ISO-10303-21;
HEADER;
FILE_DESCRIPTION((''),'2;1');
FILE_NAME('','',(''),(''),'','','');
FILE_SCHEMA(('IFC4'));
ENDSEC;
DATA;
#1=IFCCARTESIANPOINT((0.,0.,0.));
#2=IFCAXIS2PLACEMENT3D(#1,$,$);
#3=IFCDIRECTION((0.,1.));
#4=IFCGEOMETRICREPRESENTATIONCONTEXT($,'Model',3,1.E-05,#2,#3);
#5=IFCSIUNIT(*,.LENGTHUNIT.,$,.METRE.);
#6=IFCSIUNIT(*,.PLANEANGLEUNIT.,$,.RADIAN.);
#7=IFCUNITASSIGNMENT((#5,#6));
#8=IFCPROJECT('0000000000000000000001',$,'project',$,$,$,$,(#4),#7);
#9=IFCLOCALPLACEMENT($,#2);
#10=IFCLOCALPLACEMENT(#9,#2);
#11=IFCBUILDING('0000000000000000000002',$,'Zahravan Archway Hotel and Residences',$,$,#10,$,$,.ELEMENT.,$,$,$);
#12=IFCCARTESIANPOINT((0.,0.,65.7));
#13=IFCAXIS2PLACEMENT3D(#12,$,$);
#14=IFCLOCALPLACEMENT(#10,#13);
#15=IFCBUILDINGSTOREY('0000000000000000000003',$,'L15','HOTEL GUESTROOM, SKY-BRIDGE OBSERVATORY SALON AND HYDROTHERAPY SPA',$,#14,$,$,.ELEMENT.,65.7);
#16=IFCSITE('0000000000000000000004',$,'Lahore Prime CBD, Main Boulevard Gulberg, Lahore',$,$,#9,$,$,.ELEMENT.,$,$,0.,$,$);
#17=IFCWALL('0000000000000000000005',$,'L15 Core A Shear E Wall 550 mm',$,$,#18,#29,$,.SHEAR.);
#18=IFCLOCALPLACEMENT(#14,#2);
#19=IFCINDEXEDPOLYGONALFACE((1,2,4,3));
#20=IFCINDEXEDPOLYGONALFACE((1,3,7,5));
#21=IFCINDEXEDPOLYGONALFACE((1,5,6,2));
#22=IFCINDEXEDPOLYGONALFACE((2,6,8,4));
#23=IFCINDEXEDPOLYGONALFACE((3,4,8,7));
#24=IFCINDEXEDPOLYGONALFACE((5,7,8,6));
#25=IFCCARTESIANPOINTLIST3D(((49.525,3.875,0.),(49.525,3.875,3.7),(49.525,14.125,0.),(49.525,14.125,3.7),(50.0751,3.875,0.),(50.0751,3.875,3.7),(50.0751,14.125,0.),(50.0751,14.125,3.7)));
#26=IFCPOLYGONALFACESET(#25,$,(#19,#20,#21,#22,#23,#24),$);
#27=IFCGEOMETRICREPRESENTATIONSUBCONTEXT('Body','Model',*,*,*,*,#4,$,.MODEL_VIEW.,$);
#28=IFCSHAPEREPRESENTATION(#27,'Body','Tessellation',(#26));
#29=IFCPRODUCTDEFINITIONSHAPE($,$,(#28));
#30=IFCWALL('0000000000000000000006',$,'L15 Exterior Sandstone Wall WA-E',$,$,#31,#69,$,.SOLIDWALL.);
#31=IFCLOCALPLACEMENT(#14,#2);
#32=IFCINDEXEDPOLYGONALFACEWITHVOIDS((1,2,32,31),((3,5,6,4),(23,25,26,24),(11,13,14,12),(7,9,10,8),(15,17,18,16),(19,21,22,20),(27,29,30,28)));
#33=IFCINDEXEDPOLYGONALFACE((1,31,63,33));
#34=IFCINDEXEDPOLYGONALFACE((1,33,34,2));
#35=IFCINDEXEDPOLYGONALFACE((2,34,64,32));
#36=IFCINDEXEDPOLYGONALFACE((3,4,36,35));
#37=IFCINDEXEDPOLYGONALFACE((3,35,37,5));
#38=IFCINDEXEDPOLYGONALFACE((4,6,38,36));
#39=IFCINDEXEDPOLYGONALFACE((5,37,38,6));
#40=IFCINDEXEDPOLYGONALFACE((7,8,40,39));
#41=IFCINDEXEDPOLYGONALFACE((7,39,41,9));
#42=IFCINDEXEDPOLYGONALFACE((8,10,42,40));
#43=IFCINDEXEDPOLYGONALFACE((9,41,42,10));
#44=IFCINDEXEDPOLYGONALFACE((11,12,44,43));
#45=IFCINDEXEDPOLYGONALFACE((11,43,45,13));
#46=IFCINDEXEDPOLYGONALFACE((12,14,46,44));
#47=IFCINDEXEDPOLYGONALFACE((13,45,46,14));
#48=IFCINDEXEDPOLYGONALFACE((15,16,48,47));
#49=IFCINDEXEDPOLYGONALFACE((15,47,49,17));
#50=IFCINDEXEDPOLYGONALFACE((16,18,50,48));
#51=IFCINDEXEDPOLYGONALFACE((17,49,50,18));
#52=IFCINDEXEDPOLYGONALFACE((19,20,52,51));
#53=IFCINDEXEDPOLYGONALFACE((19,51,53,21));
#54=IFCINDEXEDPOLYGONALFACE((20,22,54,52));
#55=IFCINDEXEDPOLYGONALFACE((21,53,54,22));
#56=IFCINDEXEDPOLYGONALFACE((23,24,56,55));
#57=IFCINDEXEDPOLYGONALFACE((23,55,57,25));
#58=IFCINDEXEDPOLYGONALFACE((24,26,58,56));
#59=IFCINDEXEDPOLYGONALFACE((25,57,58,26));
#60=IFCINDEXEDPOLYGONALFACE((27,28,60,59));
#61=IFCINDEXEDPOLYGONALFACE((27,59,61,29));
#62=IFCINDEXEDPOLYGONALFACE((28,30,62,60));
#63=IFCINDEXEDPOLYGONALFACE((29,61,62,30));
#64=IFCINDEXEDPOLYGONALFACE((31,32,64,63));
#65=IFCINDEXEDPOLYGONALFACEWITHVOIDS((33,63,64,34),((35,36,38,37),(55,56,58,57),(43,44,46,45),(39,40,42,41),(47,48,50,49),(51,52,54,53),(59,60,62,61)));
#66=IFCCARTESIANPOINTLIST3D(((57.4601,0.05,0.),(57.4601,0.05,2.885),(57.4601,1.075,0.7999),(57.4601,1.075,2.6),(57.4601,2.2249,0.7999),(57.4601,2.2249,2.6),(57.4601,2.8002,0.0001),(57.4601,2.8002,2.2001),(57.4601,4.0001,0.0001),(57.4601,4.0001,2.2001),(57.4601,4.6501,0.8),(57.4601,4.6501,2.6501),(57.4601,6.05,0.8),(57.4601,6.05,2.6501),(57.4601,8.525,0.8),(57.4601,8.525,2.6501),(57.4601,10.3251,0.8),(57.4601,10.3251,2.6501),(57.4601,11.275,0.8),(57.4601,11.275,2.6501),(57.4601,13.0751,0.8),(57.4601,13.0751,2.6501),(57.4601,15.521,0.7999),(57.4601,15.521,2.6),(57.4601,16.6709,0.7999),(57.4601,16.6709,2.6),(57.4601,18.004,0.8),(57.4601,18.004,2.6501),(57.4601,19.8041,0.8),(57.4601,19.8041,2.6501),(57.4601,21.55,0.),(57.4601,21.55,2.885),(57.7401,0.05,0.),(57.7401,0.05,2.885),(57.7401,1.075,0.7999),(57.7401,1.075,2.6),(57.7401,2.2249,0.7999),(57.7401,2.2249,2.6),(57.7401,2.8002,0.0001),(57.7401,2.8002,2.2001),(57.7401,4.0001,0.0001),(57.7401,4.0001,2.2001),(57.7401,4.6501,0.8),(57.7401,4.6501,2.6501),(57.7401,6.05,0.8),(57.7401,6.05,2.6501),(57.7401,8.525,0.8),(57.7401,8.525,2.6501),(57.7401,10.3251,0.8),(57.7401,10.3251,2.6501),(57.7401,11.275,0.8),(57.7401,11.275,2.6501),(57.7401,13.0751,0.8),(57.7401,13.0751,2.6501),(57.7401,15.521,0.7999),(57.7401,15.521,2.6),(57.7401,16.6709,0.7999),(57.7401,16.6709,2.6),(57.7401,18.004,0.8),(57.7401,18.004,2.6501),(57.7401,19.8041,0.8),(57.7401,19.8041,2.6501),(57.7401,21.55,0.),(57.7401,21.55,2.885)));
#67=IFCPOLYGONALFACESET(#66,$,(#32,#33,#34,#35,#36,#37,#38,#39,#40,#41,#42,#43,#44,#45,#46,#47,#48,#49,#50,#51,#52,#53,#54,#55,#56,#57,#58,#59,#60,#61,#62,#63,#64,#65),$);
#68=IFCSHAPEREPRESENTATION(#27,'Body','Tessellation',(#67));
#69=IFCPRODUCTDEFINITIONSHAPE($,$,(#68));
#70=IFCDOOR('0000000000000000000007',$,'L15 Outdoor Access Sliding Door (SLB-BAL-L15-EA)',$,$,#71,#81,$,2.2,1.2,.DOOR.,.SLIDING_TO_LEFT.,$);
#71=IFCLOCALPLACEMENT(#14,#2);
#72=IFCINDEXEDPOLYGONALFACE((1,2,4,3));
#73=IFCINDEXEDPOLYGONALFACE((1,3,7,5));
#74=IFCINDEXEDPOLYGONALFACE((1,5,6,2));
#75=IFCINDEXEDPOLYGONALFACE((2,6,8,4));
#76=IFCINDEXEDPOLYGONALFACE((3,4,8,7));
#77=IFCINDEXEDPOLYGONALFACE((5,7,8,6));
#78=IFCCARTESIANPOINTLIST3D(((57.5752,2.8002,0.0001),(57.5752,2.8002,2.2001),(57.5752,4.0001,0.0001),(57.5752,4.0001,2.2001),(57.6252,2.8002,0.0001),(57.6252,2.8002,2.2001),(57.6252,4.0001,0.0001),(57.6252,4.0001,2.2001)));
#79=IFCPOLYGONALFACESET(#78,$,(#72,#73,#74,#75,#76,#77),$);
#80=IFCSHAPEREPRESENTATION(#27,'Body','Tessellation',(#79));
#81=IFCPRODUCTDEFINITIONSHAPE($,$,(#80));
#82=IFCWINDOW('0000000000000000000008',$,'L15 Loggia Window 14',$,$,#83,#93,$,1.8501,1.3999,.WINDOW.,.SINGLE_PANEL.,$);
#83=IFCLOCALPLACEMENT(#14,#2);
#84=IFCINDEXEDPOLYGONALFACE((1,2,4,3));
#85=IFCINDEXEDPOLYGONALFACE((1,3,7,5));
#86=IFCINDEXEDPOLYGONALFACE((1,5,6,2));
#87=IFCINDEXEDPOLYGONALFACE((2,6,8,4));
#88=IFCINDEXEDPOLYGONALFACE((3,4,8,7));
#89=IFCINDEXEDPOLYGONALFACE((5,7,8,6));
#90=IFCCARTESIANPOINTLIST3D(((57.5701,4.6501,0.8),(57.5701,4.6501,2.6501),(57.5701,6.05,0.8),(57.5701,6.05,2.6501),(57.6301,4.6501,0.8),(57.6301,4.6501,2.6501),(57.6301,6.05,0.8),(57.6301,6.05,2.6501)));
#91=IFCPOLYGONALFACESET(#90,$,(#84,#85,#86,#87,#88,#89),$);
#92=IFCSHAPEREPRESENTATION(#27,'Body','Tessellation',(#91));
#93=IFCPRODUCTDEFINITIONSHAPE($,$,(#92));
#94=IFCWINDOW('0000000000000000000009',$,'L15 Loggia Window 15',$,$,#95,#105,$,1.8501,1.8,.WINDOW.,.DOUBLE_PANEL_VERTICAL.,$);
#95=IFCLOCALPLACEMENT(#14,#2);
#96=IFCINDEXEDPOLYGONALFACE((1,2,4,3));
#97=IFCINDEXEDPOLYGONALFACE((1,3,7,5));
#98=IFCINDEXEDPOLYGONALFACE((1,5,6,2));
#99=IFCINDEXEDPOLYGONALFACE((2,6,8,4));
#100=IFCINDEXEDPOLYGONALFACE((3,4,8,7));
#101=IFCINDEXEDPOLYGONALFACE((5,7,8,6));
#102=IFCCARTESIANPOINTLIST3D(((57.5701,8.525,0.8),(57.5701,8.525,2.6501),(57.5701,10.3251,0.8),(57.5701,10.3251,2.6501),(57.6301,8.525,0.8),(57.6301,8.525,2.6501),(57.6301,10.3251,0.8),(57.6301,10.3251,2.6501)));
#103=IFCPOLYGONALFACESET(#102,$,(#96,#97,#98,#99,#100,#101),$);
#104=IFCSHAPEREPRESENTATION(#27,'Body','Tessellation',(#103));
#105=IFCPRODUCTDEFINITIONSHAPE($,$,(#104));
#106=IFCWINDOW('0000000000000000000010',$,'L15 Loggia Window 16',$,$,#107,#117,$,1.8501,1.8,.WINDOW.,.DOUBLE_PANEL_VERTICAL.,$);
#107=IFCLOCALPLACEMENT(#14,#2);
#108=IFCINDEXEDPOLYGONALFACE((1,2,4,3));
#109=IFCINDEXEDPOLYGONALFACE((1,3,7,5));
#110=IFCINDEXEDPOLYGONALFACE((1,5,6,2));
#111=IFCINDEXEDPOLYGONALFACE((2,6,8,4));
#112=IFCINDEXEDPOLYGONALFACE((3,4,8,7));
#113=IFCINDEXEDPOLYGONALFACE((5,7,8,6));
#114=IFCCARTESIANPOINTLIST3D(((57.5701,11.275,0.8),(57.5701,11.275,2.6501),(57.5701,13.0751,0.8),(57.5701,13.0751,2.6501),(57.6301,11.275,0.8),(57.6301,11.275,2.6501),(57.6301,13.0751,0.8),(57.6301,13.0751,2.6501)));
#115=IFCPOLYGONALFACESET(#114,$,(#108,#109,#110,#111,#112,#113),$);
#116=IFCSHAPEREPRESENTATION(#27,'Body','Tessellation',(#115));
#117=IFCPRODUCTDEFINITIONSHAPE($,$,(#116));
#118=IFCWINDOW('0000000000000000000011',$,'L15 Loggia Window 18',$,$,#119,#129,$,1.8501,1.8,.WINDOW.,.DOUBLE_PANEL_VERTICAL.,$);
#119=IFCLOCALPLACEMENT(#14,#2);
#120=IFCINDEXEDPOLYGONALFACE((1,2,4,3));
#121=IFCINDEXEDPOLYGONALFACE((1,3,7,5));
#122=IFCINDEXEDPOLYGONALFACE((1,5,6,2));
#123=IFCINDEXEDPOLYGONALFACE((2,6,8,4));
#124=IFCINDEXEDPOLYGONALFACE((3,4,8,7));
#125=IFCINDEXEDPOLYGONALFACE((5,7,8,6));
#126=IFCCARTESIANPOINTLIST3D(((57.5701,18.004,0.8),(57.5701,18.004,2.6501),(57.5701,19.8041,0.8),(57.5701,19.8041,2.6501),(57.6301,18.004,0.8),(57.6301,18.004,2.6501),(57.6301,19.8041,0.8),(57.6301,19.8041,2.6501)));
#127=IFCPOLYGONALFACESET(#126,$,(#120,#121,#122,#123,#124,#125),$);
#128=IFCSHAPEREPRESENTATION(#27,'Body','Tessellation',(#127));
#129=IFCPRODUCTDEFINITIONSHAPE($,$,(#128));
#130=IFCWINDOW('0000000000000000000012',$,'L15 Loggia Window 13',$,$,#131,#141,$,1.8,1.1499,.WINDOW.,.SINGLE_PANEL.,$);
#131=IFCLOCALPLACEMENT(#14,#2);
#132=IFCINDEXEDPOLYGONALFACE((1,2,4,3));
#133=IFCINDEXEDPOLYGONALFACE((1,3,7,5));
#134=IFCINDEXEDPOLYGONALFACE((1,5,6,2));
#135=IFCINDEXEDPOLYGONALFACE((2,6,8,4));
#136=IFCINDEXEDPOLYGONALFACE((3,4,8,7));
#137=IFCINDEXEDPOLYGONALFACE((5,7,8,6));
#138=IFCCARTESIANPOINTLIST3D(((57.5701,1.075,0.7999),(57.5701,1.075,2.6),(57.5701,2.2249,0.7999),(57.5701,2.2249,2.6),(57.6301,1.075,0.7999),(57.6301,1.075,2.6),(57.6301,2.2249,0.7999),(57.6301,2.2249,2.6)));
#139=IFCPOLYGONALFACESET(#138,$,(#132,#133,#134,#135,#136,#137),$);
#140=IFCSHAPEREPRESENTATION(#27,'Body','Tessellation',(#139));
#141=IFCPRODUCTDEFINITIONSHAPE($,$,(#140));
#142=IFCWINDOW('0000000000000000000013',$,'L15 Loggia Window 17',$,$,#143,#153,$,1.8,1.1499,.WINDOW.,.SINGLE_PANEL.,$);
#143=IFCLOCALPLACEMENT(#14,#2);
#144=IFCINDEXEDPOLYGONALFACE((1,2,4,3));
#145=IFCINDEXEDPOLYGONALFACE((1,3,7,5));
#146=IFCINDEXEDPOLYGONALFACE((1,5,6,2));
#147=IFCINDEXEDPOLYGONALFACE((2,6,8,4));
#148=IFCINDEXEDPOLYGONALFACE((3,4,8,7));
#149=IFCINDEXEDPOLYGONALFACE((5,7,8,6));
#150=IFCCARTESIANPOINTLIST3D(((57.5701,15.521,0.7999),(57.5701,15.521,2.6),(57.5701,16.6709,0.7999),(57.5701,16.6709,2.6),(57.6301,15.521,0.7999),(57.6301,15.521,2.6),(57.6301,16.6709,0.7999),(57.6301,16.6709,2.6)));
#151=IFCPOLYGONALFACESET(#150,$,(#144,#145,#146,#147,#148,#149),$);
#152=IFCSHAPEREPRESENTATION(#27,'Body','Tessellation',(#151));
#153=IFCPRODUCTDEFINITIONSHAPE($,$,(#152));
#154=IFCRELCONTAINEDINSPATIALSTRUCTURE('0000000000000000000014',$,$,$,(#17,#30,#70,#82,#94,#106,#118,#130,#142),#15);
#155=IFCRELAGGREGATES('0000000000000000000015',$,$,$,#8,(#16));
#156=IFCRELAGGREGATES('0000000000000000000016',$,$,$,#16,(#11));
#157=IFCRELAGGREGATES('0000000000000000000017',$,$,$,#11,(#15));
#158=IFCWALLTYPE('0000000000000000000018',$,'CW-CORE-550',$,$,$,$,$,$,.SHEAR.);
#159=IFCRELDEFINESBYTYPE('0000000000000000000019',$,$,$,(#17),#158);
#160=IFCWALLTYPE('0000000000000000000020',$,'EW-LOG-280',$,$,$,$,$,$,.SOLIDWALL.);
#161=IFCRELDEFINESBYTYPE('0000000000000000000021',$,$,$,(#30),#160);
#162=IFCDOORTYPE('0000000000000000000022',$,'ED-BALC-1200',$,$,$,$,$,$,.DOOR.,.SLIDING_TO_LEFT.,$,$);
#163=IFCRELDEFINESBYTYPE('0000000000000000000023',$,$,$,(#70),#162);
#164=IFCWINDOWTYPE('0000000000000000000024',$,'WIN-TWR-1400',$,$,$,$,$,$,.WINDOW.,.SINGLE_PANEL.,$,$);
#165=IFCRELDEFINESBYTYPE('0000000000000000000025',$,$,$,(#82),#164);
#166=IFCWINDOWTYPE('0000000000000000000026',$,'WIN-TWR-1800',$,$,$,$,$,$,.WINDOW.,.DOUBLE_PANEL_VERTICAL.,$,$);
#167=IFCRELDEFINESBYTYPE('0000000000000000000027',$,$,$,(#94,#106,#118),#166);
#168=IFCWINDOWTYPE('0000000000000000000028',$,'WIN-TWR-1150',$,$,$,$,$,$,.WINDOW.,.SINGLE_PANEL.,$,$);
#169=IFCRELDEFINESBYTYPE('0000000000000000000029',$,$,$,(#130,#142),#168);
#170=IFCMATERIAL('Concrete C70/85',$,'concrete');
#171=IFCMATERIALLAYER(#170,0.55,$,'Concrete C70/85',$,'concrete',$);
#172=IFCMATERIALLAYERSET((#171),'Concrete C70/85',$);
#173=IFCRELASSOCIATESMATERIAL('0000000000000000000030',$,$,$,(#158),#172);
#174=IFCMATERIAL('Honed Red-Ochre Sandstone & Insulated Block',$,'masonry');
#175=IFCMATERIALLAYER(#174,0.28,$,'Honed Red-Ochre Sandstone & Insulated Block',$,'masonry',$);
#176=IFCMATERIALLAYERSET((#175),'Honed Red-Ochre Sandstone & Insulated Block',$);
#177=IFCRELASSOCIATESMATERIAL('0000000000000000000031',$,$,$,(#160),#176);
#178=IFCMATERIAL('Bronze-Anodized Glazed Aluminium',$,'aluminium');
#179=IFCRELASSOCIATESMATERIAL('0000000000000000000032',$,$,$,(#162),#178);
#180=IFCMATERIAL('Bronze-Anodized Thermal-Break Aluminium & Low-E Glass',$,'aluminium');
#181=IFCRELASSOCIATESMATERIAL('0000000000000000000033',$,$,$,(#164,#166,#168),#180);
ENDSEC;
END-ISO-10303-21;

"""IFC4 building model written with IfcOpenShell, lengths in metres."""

from ifc_helpers import new_model, si_unit, direction, frame, frame_2d, origin, place, context, subcontext, project, spatial, rectangle, extrude, source, transform, mapped, material, layer, layer_set, type_object, type_shapes, element, fill, save


model = new_model("IFC4")

# Units and contexts
model_context = context("Model", 3, precision=1e-05, world=origin(), true_north=direction((0.0, 1.0)))
body_context = subcontext(model_context, "Body", "Model", "MODEL_VIEW")
ifc_project = project(units=[si_unit("LENGTHUNIT", "METRE"), si_unit("PLANEANGLEUNIT", "RADIAN")], contexts=[model_context])

# Site, building, storey
site_placement = place(None, origin())
site = spatial("IfcSite", under=ifc_project, at=site_placement, Name="Lahore Prime CBD, Main Boulevard Gulberg, Lahore", CompositionType="ELEMENT", RefElevation=0.0)
building_placement = place(site_placement, origin())
building = spatial("IfcBuilding", under=site, at=building_placement, Name="Zahravan Archway Hotel and Residences", CompositionType="ELEMENT")
storey_placement = place(building_placement, frame((0.0, 0.0, 65.7)))
storey = spatial("IfcBuildingStorey", under=building, at=storey_placement, Name="L15", Description="HOTEL GUESTROOM, SKY-BRIDGE OBSERVATORY SALON AND HYDROTHERAPY SPA", CompositionType="ELEMENT", Elevation=65.7)

# Shared definitions
ifc_material_1 = material(Name="Concrete C70/85", Category="concrete")

# Wall
ifc_layer_1 = layer(ifc_material_1, 0.55, Name="Concrete C70/85", Category="concrete")
ifc_layer_set_1 = layer_set([ifc_layer_1], Name="Concrete C70/85")
wall_type_1 = type_object("IfcWallType", Name="CW-CORE-550", PredefinedType="SHEAR", material=ifc_layer_set_1)
wall_1_placement = place(storey_placement, frame((49.8, 3.875, 0.0), z_axis=(0.0, 0.0, 1.0), x_axis=(0.0, 1.0, 0.0)))
element("IfcWall", 1, at=wall_1_placement, inside=storey, type_object=wall_type_1, Name="L15 Core A Shear E Wall 550 mm", PredefinedType="SHEAR", context=body_context, shape_type="SweptSolid", body=[
    extrude(rectangle(XDim=10.25, YDim=0.55, at=frame_2d((5.125, 0.0))), origin(), (0.0, 0.0, 1.0), 3.7),
])

# Wall, openings, door, windows
ifc_material_2 = material(Name="Honed Red-Ochre Sandstone & Insulated Block", Category="masonry")
ifc_layer_2 = layer(ifc_material_2, 0.28, Name="Honed Red-Ochre Sandstone & Insulated Block", Category="masonry")
ifc_layer_set_2 = layer_set([ifc_layer_2], Name="Honed Red-Ochre Sandstone & Insulated Block")
wall_type_2 = type_object("IfcWallType", Name="EW-LOG-280", PredefinedType="SOLIDWALL", material=ifc_layer_set_2)
wall_2_placement = place(storey_placement, frame((57.6001, 0.05, 0.0), z_axis=(0.0, 0.0, 1.0), x_axis=(0.0, 1.0, 0.0)))
wall_2 = element("IfcWall", 2, at=wall_2_placement, inside=storey, type_object=wall_type_2, Name="L15 Exterior Sandstone Wall WA-E", PredefinedType="SOLIDWALL", context=body_context, shape_type="SweptSolid", body=[
    extrude(rectangle(XDim=21.5, YDim=0.28, at=frame_2d((10.75, 0.0))), origin(), (0.0, 0.0, 1.0), 2.885),
])
opening_1_placement = place(wall_2_placement, frame((2.75, 0.0, 0.0)))
opening_1 = element("IfcOpeningElement", 3, at=opening_1_placement, cuts=wall_2, PredefinedType="OPENING", context=body_context, shape_type="SweptSolid", body=[
    extrude(rectangle(XDim=1.2, YDim=2.2, at=frame_2d((0.6001, 1.1001))), frame((0.0, 0.1499, 0.0), z_axis=(0.0, -1.0, 0.0), x_axis=(1.0, 0.0, 0.0)), (0.0, 0.0, 1.0), 0.3),
])
opening_2_placement = place(wall_2_placement, frame((1.0249, 0.0, 0.8)))
opening_2 = element("IfcOpeningElement", 4, at=opening_2_placement, cuts=wall_2, PredefinedType="OPENING", context=body_context, shape_type="SweptSolid", body=[
    extrude(rectangle(XDim=1.1499, YDim=1.8, at=frame_2d((0.575, 0.8999))), frame((0.0, 0.1499, 0.0), z_axis=(0.0, -1.0, 0.0), x_axis=(1.0, 0.0, 0.0)), (0.0, 0.0, 1.0), 0.3),
])
opening_3_placement = place(wall_2_placement, frame((4.6001, 0.0, 0.8)))
opening_3 = element("IfcOpeningElement", 5, at=opening_3_placement, cuts=wall_2, PredefinedType="OPENING", context=body_context, shape_type="SweptSolid", body=[
    extrude(rectangle(XDim=1.3999, YDim=1.8501, at=frame_2d((0.7, 0.925))), frame((0.0, 0.1499, 0.0), z_axis=(0.0, -1.0, 0.0), x_axis=(1.0, 0.0, 0.0)), (0.0, 0.0, 1.0), 0.3),
])
opening_4_placement = place(wall_2_placement, frame((8.4751, 0.0, 0.8)))
opening_4 = element("IfcOpeningElement", 6, at=opening_4_placement, cuts=wall_2, PredefinedType="OPENING", context=body_context, shape_type="SweptSolid", body=[
    extrude(rectangle(XDim=1.8, YDim=1.8501, at=frame_2d((0.8999, 0.925))), frame((0.0, 0.1499, 0.0), z_axis=(0.0, -1.0, 0.0), x_axis=(1.0, 0.0, 0.0)), (0.0, 0.0, 1.0), 0.3),
])
opening_5_placement = place(wall_2_placement, frame((11.2251, 0.0, 0.8)))
opening_5 = element("IfcOpeningElement", 7, at=opening_5_placement, cuts=wall_2, PredefinedType="OPENING", context=body_context, shape_type="SweptSolid", body=[
    extrude(rectangle(XDim=1.8, YDim=1.8501, at=frame_2d((0.8999, 0.925))), frame((0.0, 0.1499, 0.0), z_axis=(0.0, -1.0, 0.0), x_axis=(1.0, 0.0, 0.0)), (0.0, 0.0, 1.0), 0.3),
])
opening_6_placement = place(wall_2_placement, frame((15.4709, 0.0, 0.8)))
opening_6 = element("IfcOpeningElement", 8, at=opening_6_placement, cuts=wall_2, PredefinedType="OPENING", context=body_context, shape_type="SweptSolid", body=[
    extrude(rectangle(XDim=1.1499, YDim=1.8, at=frame_2d((0.575, 0.8999))), frame((0.0, 0.1499, 0.0), z_axis=(0.0, -1.0, 0.0), x_axis=(1.0, 0.0, 0.0)), (0.0, 0.0, 1.0), 0.3),
])
opening_7_placement = place(wall_2_placement, frame((17.9541, 0.0, 0.8)))
opening_7 = element("IfcOpeningElement", 9, at=opening_7_placement, cuts=wall_2, PredefinedType="OPENING", context=body_context, shape_type="SweptSolid", body=[
    extrude(rectangle(XDim=1.8, YDim=1.8501, at=frame_2d((0.8999, 0.925))), frame((0.0, 0.1499, 0.0), z_axis=(0.0, -1.0, 0.0), x_axis=(1.0, 0.0, 0.0)), (0.0, 0.0, 1.0), 0.3),
])
ifc_material_3 = material(Name="Bronze-Anodized Glazed Aluminium", Category="aluminium")
door_type = type_object("IfcDoorType", Name="ED-BALC-1200", OperationType="SLIDING_TO_LEFT", PredefinedType="DOOR", material=ifc_material_3)
shared_shape_1 = source(origin(), body_context, "Body", "SweptSolid", [
    extrude(rectangle(XDim=1.2, YDim=2.2, at=frame_2d((0.6001, 1.1001))), frame((0.0, 0.0249, 0.0), z_axis=(0.0, -1.0, 0.0), x_axis=(1.0, 0.0, 0.0)), (0.0, 0.0, 1.0), 0.05),
])
type_shapes(door_type, [shared_shape_1])
door_placement = place(opening_1_placement, origin())
door = element("IfcDoor", 10, at=door_placement, inside=storey, type_object=door_type, Name="L15 Outdoor Access Sliding Door (SLB-BAL-L15-EA)", OperationType="SLIDING_TO_LEFT", OverallHeight=2.2, OverallWidth=1.2, PredefinedType="DOOR", context=body_context, shape_type="MappedRepresentation", body=[
    mapped(shared_shape_1, transform((0.0, 0.0, 0.0), scale=1.0)),
])
fill(opening_1, door)
ifc_material_4 = material(Name="Bronze-Anodized Thermal-Break Aluminium & Low-E Glass", Category="aluminium")
window_type_1 = type_object("IfcWindowType", Name="WIN-TWR-1400", PartitioningType="SINGLE_PANEL", PredefinedType="WINDOW", material=ifc_material_4)
shared_shape_2 = source(origin(), body_context, "Body", "SweptSolid", [
    extrude(rectangle(XDim=1.3999, YDim=1.8501, at=frame_2d((0.7, 0.925))), frame((0.0, 0.03, 0.0), z_axis=(0.0, -1.0, 0.0), x_axis=(1.0, 0.0, 0.0)), (0.0, 0.0, 1.0), 0.0601),
])
type_shapes(window_type_1, [shared_shape_2])
window_1_placement = place(opening_3_placement, origin())
window_1 = element("IfcWindow", 11, at=window_1_placement, inside=storey, type_object=window_type_1, Name="L15 Loggia Window 14", OverallHeight=1.8501, OverallWidth=1.3999, PartitioningType="SINGLE_PANEL", PredefinedType="WINDOW", context=body_context, shape_type="MappedRepresentation", body=[
    mapped(shared_shape_2, transform((0.0, 0.0, 0.0), scale=1.0)),
])
fill(opening_3, window_1)
window_type_2 = type_object("IfcWindowType", Name="WIN-TWR-1800", PartitioningType="DOUBLE_PANEL_VERTICAL", PredefinedType="WINDOW", material=ifc_material_4)
shared_shape_3 = source(origin(), body_context, "Body", "SweptSolid", [
    extrude(rectangle(XDim=1.8, YDim=1.8501, at=frame_2d((0.8999, 0.925))), frame((0.0, 0.03, 0.0), z_axis=(0.0, -1.0, 0.0), x_axis=(1.0, 0.0, 0.0)), (0.0, 0.0, 1.0), 0.0601),
])
type_shapes(window_type_2, [shared_shape_3])
window_2_placement = place(opening_4_placement, origin())
window_2 = element("IfcWindow", 12, at=window_2_placement, inside=storey, type_object=window_type_2, Name="L15 Loggia Window 15", OverallHeight=1.8501, OverallWidth=1.8, PartitioningType="DOUBLE_PANEL_VERTICAL", PredefinedType="WINDOW", context=body_context, shape_type="MappedRepresentation", body=[
    mapped(shared_shape_3, transform((0.0, 0.0, 0.0), scale=1.0)),
])
fill(opening_4, window_2)
window_3_placement = place(opening_5_placement, origin())
window_3 = element("IfcWindow", 13, at=window_3_placement, inside=storey, type_object=window_type_2, Name="L15 Loggia Window 16", OverallHeight=1.8501, OverallWidth=1.8, PartitioningType="DOUBLE_PANEL_VERTICAL", PredefinedType="WINDOW", context=body_context, shape_type="MappedRepresentation", body=[
    mapped(shared_shape_3, transform((0.0, 0.0, 0.0), scale=1.0)),
])
fill(opening_5, window_3)
window_4_placement = place(opening_7_placement, origin())
window_4 = element("IfcWindow", 14, at=window_4_placement, inside=storey, type_object=window_type_2, Name="L15 Loggia Window 18", OverallHeight=1.8501, OverallWidth=1.8, PartitioningType="DOUBLE_PANEL_VERTICAL", PredefinedType="WINDOW", context=body_context, shape_type="MappedRepresentation", body=[
    mapped(shared_shape_3, transform((0.0, 0.0, 0.0), scale=1.0)),
])
fill(opening_7, window_4)
window_type_3 = type_object("IfcWindowType", Name="WIN-TWR-1150", PartitioningType="SINGLE_PANEL", PredefinedType="WINDOW", material=ifc_material_4)
shared_shape_4 = source(origin(), body_context, "Body", "SweptSolid", [
    extrude(rectangle(XDim=1.1499, YDim=1.8, at=frame_2d((0.575, 0.8999))), frame((0.0, 0.03, 0.0), z_axis=(0.0, -1.0, 0.0), x_axis=(1.0, 0.0, 0.0)), (0.0, 0.0, 1.0), 0.0601),
])
type_shapes(window_type_3, [shared_shape_4])
window_5_placement = place(opening_2_placement, origin())
window_5 = element("IfcWindow", 15, at=window_5_placement, inside=storey, type_object=window_type_3, Name="L15 Loggia Window 13", OverallHeight=1.8, OverallWidth=1.1499, PartitioningType="SINGLE_PANEL", PredefinedType="WINDOW", context=body_context, shape_type="MappedRepresentation", body=[
    mapped(shared_shape_4, transform((0.0, 0.0, 0.0), scale=1.0)),
])
fill(opening_2, window_5)
window_6_placement = place(opening_6_placement, origin())
window_6 = element("IfcWindow", 16, at=window_6_placement, inside=storey, type_object=window_type_3, Name="L15 Loggia Window 17", OverallHeight=1.8, OverallWidth=1.1499, PartitioningType="SINGLE_PANEL", PredefinedType="WINDOW", context=body_context, shape_type="MappedRepresentation", body=[
    mapped(shared_shape_4, transform((0.0, 0.0, 0.0), scale=1.0)),
])
fill(opening_6, window_6)

save(model, "model.ifc")
